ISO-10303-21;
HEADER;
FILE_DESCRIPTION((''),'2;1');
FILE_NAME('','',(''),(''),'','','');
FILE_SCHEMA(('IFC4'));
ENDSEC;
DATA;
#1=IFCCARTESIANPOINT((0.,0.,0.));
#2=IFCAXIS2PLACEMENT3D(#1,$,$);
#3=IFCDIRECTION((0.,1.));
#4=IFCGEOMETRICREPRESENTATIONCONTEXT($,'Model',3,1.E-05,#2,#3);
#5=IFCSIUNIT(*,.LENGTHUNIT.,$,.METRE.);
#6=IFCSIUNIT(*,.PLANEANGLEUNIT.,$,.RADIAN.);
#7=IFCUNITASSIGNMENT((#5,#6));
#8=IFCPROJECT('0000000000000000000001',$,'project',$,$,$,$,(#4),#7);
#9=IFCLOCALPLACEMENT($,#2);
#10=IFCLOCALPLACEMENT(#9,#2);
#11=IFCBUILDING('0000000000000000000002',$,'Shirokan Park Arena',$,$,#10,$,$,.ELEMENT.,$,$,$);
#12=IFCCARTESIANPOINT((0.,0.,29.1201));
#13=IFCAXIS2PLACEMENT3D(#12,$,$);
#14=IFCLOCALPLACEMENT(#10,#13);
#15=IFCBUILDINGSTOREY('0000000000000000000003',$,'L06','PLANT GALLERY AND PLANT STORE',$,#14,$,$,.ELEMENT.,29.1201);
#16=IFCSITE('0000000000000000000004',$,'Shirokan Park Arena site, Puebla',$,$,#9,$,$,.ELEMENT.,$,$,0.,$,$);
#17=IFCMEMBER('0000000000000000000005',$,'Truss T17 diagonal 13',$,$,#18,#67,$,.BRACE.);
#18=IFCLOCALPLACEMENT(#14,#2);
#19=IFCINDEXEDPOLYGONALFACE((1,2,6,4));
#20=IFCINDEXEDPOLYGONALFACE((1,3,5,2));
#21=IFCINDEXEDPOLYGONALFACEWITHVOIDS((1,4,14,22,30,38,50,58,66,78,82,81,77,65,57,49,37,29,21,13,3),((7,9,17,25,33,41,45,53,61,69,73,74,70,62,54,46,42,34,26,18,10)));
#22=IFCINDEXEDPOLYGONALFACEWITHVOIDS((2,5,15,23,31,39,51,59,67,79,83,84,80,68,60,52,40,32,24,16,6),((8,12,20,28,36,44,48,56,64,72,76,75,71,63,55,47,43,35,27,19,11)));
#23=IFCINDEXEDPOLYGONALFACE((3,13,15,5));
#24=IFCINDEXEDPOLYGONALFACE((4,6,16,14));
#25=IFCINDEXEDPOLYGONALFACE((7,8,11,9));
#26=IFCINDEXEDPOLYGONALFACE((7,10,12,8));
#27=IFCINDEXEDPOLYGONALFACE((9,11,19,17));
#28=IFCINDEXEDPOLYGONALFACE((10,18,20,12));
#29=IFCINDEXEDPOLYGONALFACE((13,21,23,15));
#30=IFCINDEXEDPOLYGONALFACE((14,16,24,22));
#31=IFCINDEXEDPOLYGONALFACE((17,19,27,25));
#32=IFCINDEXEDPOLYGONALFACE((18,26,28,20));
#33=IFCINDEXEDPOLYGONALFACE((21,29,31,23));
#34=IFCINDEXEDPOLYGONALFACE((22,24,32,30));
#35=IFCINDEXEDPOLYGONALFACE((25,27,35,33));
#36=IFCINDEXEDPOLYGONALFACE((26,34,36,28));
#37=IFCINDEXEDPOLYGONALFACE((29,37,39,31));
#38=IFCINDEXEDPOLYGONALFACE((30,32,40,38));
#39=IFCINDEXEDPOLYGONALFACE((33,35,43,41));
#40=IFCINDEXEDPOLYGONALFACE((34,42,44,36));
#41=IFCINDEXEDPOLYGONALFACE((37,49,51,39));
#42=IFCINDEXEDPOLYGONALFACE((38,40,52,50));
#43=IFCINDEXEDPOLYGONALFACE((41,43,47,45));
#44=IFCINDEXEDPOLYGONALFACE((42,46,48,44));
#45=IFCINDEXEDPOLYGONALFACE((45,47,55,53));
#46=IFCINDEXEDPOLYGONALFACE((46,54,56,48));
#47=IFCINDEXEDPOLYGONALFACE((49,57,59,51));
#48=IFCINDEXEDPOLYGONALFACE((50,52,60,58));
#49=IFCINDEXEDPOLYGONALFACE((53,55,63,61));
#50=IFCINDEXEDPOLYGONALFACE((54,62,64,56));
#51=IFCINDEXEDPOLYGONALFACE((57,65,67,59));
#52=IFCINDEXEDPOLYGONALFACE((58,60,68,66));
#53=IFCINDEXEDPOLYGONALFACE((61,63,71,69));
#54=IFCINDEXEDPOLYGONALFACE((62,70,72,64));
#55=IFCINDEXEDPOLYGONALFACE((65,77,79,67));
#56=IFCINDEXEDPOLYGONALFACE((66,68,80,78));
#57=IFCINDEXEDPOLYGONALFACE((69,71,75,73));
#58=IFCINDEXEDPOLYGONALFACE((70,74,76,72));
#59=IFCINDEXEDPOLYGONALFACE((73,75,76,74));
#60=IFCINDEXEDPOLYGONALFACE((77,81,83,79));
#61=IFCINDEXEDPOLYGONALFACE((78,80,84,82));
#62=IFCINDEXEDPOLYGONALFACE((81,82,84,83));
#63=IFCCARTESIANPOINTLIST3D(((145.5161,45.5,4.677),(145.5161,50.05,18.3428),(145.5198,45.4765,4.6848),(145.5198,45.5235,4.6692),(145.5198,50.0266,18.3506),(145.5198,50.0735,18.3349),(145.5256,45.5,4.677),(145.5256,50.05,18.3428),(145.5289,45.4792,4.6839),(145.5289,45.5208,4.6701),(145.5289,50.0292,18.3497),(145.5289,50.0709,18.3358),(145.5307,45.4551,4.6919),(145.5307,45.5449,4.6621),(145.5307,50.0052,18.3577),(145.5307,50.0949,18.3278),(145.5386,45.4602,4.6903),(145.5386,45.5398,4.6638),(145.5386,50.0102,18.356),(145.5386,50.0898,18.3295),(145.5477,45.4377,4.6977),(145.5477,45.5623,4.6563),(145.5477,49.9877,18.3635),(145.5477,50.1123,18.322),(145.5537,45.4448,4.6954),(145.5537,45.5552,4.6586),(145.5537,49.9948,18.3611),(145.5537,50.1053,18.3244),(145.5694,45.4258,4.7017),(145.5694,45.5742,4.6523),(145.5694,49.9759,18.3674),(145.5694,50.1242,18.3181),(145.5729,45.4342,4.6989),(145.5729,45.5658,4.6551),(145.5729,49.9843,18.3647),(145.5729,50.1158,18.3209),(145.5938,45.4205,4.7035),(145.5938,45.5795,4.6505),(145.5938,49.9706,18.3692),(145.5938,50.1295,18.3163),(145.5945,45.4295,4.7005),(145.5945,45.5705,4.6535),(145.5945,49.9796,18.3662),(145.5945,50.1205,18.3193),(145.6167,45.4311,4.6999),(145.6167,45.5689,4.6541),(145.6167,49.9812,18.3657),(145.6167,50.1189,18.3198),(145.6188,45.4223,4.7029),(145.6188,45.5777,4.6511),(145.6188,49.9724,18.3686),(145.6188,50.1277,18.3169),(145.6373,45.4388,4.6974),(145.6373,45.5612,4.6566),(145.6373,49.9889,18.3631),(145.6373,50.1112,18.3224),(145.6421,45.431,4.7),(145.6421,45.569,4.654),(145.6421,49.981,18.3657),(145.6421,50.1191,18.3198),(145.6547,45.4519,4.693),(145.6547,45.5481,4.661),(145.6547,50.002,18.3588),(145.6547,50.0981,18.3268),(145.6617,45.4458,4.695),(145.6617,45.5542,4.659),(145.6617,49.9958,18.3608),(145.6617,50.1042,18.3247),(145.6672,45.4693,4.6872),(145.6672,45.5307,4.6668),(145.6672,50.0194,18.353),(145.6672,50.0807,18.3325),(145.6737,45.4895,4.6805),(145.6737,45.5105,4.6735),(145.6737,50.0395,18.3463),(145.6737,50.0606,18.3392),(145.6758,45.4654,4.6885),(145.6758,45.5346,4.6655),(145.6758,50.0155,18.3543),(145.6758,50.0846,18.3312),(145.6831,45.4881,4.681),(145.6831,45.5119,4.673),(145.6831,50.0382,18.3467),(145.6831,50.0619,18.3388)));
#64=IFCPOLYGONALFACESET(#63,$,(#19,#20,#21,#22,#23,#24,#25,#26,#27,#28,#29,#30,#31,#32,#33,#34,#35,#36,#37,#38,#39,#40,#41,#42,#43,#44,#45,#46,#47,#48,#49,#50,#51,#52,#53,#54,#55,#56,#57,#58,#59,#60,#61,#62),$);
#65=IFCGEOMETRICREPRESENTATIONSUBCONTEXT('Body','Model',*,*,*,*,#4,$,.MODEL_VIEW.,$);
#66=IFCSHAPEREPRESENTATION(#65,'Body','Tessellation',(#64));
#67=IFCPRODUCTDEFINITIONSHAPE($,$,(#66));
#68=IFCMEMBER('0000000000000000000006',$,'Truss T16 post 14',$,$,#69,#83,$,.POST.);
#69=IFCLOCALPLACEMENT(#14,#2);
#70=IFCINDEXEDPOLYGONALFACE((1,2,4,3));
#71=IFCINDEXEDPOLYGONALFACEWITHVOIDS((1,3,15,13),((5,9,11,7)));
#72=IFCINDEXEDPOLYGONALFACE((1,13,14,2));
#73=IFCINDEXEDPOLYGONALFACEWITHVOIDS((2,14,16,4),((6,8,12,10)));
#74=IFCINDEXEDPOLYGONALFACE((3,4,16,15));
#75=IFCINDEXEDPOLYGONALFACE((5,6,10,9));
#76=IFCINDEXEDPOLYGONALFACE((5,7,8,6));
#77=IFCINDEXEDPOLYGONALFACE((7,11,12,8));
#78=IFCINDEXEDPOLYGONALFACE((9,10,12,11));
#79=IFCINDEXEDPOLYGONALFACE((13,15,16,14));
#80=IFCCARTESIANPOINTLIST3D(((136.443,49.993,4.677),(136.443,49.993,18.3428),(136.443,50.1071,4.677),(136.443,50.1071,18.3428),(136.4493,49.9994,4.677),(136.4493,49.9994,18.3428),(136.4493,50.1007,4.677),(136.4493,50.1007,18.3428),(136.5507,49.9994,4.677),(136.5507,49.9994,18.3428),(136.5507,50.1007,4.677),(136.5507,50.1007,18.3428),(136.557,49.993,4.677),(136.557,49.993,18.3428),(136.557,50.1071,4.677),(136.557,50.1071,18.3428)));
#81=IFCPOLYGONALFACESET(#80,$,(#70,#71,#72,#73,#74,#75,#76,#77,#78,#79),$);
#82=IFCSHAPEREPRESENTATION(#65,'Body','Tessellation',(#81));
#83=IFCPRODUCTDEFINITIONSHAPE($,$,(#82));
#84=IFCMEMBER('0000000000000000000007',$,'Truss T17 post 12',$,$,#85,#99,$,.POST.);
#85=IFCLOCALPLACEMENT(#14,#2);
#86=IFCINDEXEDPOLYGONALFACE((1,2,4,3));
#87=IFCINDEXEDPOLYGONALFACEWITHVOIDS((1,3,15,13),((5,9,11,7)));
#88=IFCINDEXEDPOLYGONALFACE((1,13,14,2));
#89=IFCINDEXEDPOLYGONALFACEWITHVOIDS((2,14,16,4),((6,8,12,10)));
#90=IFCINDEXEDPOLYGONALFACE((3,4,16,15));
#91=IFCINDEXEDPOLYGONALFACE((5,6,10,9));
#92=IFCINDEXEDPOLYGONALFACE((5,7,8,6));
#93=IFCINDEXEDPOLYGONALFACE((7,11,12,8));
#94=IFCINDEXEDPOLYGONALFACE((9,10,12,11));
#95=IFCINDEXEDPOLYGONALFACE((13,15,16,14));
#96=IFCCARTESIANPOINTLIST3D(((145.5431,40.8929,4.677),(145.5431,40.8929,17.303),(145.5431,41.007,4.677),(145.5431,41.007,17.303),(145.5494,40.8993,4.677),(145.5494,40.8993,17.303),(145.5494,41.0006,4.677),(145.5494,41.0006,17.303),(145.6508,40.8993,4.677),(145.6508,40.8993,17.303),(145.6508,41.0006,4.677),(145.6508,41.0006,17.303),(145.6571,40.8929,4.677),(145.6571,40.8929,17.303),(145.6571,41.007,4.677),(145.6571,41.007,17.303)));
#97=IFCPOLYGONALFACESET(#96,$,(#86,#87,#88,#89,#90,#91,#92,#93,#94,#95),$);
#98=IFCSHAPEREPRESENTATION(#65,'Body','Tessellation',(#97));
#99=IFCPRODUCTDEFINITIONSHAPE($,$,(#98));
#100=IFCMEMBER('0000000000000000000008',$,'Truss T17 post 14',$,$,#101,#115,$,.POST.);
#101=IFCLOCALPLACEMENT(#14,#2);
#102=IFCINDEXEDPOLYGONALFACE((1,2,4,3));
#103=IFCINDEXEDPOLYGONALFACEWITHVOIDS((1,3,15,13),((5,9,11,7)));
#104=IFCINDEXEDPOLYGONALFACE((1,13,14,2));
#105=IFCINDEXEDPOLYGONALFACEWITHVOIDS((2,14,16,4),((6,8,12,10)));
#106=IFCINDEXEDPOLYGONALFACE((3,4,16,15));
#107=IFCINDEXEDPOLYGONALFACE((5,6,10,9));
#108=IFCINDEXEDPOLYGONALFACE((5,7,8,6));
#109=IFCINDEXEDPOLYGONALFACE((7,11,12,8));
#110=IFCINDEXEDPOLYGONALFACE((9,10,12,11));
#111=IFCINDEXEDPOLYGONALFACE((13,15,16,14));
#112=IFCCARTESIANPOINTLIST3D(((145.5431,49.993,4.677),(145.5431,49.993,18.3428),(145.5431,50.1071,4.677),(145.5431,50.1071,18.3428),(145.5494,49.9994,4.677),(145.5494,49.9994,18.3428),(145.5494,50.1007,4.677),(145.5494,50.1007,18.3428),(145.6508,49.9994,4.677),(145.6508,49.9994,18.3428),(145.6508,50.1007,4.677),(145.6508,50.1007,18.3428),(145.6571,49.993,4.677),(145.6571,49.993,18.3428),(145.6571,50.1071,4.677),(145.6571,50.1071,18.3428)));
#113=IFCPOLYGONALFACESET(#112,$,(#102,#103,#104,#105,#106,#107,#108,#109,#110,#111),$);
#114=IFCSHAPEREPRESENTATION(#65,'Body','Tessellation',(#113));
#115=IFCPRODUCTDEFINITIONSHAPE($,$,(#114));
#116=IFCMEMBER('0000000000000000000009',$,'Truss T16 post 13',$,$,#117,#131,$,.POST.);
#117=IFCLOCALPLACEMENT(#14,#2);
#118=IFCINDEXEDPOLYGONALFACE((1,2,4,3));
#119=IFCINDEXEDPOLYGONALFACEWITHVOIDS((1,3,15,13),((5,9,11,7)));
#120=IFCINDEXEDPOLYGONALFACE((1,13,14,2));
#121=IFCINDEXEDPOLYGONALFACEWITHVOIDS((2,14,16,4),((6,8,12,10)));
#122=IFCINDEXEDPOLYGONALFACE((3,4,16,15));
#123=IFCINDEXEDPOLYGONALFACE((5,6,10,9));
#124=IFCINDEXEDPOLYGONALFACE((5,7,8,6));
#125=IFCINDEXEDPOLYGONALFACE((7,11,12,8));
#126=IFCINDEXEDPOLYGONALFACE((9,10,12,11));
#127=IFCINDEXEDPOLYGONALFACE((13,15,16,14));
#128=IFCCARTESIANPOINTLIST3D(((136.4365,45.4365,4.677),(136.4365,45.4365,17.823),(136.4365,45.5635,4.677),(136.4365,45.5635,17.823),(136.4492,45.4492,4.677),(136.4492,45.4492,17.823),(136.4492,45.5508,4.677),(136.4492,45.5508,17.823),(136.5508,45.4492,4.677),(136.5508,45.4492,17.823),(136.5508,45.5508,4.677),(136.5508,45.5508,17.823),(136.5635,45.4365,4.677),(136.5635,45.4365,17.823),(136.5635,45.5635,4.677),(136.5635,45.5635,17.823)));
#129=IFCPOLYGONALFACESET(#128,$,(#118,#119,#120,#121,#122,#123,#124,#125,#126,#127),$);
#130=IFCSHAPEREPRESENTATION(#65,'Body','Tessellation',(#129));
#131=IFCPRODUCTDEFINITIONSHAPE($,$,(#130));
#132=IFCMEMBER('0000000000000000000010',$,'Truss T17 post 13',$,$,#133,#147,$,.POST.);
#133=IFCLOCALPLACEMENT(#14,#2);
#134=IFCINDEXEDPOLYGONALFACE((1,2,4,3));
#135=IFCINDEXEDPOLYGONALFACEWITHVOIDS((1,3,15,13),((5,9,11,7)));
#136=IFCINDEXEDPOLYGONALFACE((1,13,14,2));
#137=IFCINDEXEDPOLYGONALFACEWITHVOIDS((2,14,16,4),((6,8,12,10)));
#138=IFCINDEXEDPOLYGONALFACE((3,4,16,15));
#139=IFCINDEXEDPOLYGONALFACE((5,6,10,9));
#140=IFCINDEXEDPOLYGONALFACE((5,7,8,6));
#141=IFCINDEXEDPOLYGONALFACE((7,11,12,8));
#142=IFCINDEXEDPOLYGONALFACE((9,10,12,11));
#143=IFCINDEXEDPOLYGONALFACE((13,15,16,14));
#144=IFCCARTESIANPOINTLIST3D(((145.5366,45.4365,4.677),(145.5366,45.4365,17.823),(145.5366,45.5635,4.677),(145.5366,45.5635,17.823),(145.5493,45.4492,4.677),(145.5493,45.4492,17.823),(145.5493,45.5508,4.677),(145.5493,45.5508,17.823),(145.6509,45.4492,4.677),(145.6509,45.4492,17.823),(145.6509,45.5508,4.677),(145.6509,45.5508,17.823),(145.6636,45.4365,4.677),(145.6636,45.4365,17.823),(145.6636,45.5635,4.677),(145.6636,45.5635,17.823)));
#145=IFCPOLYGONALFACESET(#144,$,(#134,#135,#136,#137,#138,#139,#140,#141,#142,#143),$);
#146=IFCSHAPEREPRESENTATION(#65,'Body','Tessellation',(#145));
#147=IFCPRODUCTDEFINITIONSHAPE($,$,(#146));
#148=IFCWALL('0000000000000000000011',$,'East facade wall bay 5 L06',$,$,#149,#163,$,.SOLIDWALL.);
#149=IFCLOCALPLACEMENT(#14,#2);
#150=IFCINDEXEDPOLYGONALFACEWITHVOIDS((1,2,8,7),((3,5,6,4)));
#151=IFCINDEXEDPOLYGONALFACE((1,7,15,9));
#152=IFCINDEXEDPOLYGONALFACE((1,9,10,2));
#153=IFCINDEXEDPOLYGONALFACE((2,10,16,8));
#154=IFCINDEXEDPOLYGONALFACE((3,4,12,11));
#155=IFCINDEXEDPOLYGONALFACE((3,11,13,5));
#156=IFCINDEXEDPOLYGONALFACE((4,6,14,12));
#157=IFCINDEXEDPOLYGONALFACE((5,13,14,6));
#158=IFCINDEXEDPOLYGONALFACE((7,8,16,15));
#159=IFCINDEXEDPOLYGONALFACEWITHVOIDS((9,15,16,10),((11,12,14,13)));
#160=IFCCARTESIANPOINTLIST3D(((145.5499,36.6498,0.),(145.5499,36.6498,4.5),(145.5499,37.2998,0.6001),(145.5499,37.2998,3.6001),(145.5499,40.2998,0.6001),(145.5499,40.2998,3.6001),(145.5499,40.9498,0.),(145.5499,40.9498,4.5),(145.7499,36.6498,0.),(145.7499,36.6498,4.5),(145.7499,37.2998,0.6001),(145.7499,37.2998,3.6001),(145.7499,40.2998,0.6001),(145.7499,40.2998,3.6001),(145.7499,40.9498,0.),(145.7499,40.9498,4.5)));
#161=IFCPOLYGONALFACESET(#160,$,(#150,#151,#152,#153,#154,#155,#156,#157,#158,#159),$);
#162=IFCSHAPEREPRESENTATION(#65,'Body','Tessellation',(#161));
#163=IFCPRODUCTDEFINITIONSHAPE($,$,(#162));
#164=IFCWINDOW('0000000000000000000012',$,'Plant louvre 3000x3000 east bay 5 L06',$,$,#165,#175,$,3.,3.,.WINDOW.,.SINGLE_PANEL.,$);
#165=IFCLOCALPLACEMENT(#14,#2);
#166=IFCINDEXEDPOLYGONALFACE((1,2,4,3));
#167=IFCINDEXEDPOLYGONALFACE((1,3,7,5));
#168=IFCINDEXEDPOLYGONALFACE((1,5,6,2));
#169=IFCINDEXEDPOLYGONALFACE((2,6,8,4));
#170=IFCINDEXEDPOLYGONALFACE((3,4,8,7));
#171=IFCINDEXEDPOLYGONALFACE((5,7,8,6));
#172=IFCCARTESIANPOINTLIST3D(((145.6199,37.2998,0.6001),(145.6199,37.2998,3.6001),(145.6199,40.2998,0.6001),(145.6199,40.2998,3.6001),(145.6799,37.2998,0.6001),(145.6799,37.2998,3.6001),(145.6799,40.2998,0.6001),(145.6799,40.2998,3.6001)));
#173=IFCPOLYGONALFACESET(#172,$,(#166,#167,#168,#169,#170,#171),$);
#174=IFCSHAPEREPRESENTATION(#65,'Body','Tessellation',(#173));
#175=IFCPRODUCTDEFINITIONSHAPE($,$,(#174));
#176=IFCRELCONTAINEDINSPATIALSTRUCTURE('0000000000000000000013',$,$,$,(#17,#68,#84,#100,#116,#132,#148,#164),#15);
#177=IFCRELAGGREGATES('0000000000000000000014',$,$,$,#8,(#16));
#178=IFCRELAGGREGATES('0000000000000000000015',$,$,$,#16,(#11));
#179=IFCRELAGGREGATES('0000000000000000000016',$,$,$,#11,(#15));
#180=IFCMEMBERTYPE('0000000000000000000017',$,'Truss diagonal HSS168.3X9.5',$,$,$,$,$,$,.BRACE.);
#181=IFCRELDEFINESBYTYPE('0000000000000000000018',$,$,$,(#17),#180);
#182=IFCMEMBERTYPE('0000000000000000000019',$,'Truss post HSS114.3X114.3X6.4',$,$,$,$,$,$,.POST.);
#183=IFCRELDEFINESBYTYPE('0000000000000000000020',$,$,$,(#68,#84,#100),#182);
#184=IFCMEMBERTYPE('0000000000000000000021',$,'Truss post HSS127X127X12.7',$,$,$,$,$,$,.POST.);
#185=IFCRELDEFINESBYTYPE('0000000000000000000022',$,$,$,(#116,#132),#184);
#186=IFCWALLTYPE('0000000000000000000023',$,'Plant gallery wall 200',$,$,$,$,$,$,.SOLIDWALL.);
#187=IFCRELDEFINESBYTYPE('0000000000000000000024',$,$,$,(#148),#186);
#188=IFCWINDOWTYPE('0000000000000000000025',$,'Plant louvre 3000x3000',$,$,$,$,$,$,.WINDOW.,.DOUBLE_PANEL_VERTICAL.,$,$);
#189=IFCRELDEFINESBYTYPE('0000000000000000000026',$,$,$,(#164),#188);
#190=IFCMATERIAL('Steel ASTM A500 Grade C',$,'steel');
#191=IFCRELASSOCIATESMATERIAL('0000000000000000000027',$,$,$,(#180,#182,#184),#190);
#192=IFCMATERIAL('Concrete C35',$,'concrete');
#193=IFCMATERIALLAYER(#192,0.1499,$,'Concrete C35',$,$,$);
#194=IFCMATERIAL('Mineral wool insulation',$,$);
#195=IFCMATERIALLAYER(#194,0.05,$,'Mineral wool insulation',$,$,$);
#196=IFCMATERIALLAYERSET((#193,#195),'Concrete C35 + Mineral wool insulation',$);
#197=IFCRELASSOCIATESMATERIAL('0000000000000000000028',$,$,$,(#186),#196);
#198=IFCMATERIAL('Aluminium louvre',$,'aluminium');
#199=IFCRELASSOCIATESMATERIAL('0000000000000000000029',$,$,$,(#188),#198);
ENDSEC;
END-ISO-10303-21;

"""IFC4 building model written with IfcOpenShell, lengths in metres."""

from ifc_helpers import new_model, si_unit, direction, frame, frame_2d, origin, origin_2d, place, context, subcontext, project, spatial, rectangle, hollow_rectangle, hollow_circle, extrude, material, layer, layer_set, material_profile, profile_set, type_object, element, fill, save


model = new_model("IFC4")

# Units and contexts
model_context = context("Model", 3, precision=1e-05, world=origin(), true_north=direction((0.0, 1.0)))
body_context = subcontext(model_context, "Body", "Model", "MODEL_VIEW")
ifc_project = project(units=[si_unit("LENGTHUNIT", "METRE"), si_unit("PLANEANGLEUNIT", "RADIAN")], contexts=[model_context])

# Site, building, storey
site_placement = place(None, origin())
site = spatial("IfcSite", under=ifc_project, at=site_placement, Name="Shirokan Park Arena site, Puebla", CompositionType="ELEMENT", RefElevation=0.0)
building_placement = place(site_placement, origin())
building = spatial("IfcBuilding", under=site, at=building_placement, Name="Shirokan Park Arena", CompositionType="ELEMENT")
storey_placement = place(building_placement, frame((0.0, 0.0, 29.1201)))
storey = spatial("IfcBuildingStorey", under=building, at=storey_placement, Name="L06", Description="PLANT GALLERY AND PLANT STORE", CompositionType="ELEMENT", Elevation=29.1201)

# Shared definitions
ifc_material_1 = material(Name="Concrete C35", Category="concrete")

# Shared definitions
ifc_material_2 = material(Name="Steel ASTM A500 Grade C", Category="steel")

# Members
ifc_material_profile_1 = material_profile(ifc_material_2, hollow_circle(Radius=0.084, WallThickness=0.0095, at=origin_2d()), Name="HSS168.3X9.5")
ifc_profile_set_1 = profile_set([ifc_material_profile_1], Name="Steel ASTM A500 Grade C")
member_type_1 = type_object("IfcMemberType", Name="Truss diagonal HSS168.3X9.5", PredefinedType="BRACE", material=ifc_profile_set_1)
for number, where, z_axis, x_axis, name in (
    (1, (145.6001, 45.5, 4.677), (0.0, 0.315902, 0.948792), (-1.0, 0.0, 0.0), "Truss T17 diagonal 13"),
):
    element("IfcMember", number, at=place(storey_placement, frame(where, z_axis=z_axis, x_axis=x_axis)), inside=storey, type_object=member_type_1, Name=name, PredefinedType="BRACE", context=body_context, shape_type="SweptSolid", body=[
        extrude(hollow_circle(Radius=0.084, WallThickness=0.0095, at=origin_2d()), origin(), (0.0, 0.0, 1.0), 14.4033),
    ])
ifc_material_profile_2 = material_profile(ifc_material_2, hollow_rectangle(XDim=0.114, YDim=0.114, WallThickness=0.0063, at=origin_2d()), Name="HSS114.3X114.3X6.4")
ifc_profile_set_2 = profile_set([ifc_material_profile_2], Name="Steel ASTM A500 Grade C")
member_type_2 = type_object("IfcMemberType", Name="Truss post HSS114.3X114.3X6.4", PredefinedType="POST", material=ifc_profile_set_2)
member_1_placement = place(storey_placement, frame((136.5, 50.05, 4.677), z_axis=(0.0, 0.0, 1.0), x_axis=(1.0, 0.0, 0.0)))
element("IfcMember", 2, at=member_1_placement, inside=storey, type_object=member_type_2, Name="Truss T16 post 14", PredefinedType="POST", context=body_context, shape_type="SweptSolid", body=[
    extrude(hollow_rectangle(XDim=0.114, YDim=0.114, WallThickness=0.0063, at=origin_2d()), origin(), (0.0, 0.0, 1.0), 13.6658),
])
member_2_placement = place(storey_placement, frame((145.6001, 40.95, 4.677), z_axis=(0.0, 0.0, 1.0), x_axis=(1.0, 0.0, 0.0)))
element("IfcMember", 3, at=member_2_placement, inside=storey, type_object=member_type_2, Name="Truss T17 post 12", PredefinedType="POST", context=body_context, shape_type="SweptSolid", body=[
    extrude(hollow_rectangle(XDim=0.114, YDim=0.114, WallThickness=0.0063, at=origin_2d()), origin(), (0.0, 0.0, 1.0), 12.626),
])
member_3_placement = place(storey_placement, frame((145.6001, 50.05, 4.677), z_axis=(0.0, 0.0, 1.0), x_axis=(1.0, 0.0, 0.0)))
element("IfcMember", 4, at=member_3_placement, inside=storey, type_object=member_type_2, Name="Truss T17 post 14", PredefinedType="POST", context=body_context, shape_type="SweptSolid", body=[
    extrude(hollow_rectangle(XDim=0.114, YDim=0.114, WallThickness=0.0063, at=origin_2d()), origin(), (0.0, 0.0, 1.0), 13.6658),
])
ifc_material_profile_3 = material_profile(ifc_material_2, hollow_rectangle(XDim=0.127, YDim=0.127, WallThickness=0.0127, at=origin_2d()), Name="HSS127X127X12.7")
ifc_profile_set_3 = profile_set([ifc_material_profile_3], Name="Steel ASTM A500 Grade C")
member_type_3 = type_object("IfcMemberType", Name="Truss post HSS127X127X12.7", PredefinedType="POST", material=ifc_profile_set_3)
for number, where, z_axis, x_axis, name in (
    (5, (136.5, 45.5, 4.677), (0.0, 0.0, 1.0), (1.0, 0.0, 0.0), "Truss T16 post 13"),
    (6, (145.6001, 45.5, 4.677), (0.0, 0.0, 1.0), (1.0, 0.0, 0.0), "Truss T17 post 13"),
):
    element("IfcMember", number, at=place(storey_placement, frame(where, z_axis=z_axis, x_axis=x_axis)), inside=storey, type_object=member_type_3, Name=name, PredefinedType="POST", context=body_context, shape_type="SweptSolid", body=[
        extrude(hollow_rectangle(XDim=0.127, YDim=0.127, WallThickness=0.0127, at=origin_2d()), origin(), (0.0, 0.0, 1.0), 13.146),
    ])

# Wall, opening, window
ifc_layer_1 = layer(ifc_material_1, 0.1499, Name="Concrete C35")
ifc_material_3 = material(Name="Mineral wool insulation")
ifc_layer_2 = layer(ifc_material_3, 0.05, Name="Mineral wool insulation")
ifc_layer_set = layer_set([ifc_layer_1, ifc_layer_2], Name="Concrete C35 + Mineral wool insulation")
wall_type = type_object("IfcWallType", Name="Plant gallery wall 200", PredefinedType="SOLIDWALL", material=ifc_layer_set)
wall_placement = place(storey_placement, frame((145.6499, 36.6499, 0.0), z_axis=(0.0, 0.0, 1.0), x_axis=(0.0, 1.0, 0.0)))
wall = element("IfcWall", 7, at=wall_placement, inside=storey, type_object=wall_type, Name="East facade wall bay 5 L06", PredefinedType="SOLIDWALL", context=body_context, shape_type="SweptSolid", body=[
    extrude(rectangle(XDim=4.3, YDim=0.2, at=frame_2d((2.1499, 0.0))), origin(), (0.0, 0.0, 1.0), 4.5),
])
opening_placement = place(wall_placement, frame((0.6499, 0.0, 0.6001)))
opening = element("IfcOpeningElement", 8, at=opening_placement, cuts=wall, PredefinedType="OPENING", context=body_context, shape_type="SweptSolid", body=[
    extrude(rectangle(XDim=3.0, YDim=3.0, at=frame_2d((1.5, 1.5))), frame((0.0, 0.1099, 0.0), z_axis=(0.0, -1.0, 0.0), x_axis=(1.0, 0.0, 0.0)), (0.0, 0.0, 1.0), 0.22),
])
ifc_material_4 = material(Name="Aluminium louvre", Category="aluminium")
window_type = type_object("IfcWindowType", Name="Plant louvre 3000x3000", PartitioningType="DOUBLE_PANEL_VERTICAL", PredefinedType="WINDOW", material=ifc_material_4)
window_placement = place(opening_placement, origin())
window = element("IfcWindow", 9, at=window_placement, inside=storey, type_object=window_type, Name="Plant louvre 3000x3000 east bay 5 L06", OverallHeight=3.0, OverallWidth=3.0, PartitioningType="SINGLE_PANEL", PredefinedType="WINDOW", context=body_context, shape_type="SweptSolid", body=[
    extrude(rectangle(XDim=3.0, YDim=3.0, at=frame_2d((1.5, 1.5))), frame((0.0, 0.03, 0.0), z_axis=(0.0, -1.0, 0.0), x_axis=(1.0, 0.0, 0.0)), (0.0, 0.0, 1.0), 0.0601),
])
fill(opening, window)

save(model, "model.ifc")
